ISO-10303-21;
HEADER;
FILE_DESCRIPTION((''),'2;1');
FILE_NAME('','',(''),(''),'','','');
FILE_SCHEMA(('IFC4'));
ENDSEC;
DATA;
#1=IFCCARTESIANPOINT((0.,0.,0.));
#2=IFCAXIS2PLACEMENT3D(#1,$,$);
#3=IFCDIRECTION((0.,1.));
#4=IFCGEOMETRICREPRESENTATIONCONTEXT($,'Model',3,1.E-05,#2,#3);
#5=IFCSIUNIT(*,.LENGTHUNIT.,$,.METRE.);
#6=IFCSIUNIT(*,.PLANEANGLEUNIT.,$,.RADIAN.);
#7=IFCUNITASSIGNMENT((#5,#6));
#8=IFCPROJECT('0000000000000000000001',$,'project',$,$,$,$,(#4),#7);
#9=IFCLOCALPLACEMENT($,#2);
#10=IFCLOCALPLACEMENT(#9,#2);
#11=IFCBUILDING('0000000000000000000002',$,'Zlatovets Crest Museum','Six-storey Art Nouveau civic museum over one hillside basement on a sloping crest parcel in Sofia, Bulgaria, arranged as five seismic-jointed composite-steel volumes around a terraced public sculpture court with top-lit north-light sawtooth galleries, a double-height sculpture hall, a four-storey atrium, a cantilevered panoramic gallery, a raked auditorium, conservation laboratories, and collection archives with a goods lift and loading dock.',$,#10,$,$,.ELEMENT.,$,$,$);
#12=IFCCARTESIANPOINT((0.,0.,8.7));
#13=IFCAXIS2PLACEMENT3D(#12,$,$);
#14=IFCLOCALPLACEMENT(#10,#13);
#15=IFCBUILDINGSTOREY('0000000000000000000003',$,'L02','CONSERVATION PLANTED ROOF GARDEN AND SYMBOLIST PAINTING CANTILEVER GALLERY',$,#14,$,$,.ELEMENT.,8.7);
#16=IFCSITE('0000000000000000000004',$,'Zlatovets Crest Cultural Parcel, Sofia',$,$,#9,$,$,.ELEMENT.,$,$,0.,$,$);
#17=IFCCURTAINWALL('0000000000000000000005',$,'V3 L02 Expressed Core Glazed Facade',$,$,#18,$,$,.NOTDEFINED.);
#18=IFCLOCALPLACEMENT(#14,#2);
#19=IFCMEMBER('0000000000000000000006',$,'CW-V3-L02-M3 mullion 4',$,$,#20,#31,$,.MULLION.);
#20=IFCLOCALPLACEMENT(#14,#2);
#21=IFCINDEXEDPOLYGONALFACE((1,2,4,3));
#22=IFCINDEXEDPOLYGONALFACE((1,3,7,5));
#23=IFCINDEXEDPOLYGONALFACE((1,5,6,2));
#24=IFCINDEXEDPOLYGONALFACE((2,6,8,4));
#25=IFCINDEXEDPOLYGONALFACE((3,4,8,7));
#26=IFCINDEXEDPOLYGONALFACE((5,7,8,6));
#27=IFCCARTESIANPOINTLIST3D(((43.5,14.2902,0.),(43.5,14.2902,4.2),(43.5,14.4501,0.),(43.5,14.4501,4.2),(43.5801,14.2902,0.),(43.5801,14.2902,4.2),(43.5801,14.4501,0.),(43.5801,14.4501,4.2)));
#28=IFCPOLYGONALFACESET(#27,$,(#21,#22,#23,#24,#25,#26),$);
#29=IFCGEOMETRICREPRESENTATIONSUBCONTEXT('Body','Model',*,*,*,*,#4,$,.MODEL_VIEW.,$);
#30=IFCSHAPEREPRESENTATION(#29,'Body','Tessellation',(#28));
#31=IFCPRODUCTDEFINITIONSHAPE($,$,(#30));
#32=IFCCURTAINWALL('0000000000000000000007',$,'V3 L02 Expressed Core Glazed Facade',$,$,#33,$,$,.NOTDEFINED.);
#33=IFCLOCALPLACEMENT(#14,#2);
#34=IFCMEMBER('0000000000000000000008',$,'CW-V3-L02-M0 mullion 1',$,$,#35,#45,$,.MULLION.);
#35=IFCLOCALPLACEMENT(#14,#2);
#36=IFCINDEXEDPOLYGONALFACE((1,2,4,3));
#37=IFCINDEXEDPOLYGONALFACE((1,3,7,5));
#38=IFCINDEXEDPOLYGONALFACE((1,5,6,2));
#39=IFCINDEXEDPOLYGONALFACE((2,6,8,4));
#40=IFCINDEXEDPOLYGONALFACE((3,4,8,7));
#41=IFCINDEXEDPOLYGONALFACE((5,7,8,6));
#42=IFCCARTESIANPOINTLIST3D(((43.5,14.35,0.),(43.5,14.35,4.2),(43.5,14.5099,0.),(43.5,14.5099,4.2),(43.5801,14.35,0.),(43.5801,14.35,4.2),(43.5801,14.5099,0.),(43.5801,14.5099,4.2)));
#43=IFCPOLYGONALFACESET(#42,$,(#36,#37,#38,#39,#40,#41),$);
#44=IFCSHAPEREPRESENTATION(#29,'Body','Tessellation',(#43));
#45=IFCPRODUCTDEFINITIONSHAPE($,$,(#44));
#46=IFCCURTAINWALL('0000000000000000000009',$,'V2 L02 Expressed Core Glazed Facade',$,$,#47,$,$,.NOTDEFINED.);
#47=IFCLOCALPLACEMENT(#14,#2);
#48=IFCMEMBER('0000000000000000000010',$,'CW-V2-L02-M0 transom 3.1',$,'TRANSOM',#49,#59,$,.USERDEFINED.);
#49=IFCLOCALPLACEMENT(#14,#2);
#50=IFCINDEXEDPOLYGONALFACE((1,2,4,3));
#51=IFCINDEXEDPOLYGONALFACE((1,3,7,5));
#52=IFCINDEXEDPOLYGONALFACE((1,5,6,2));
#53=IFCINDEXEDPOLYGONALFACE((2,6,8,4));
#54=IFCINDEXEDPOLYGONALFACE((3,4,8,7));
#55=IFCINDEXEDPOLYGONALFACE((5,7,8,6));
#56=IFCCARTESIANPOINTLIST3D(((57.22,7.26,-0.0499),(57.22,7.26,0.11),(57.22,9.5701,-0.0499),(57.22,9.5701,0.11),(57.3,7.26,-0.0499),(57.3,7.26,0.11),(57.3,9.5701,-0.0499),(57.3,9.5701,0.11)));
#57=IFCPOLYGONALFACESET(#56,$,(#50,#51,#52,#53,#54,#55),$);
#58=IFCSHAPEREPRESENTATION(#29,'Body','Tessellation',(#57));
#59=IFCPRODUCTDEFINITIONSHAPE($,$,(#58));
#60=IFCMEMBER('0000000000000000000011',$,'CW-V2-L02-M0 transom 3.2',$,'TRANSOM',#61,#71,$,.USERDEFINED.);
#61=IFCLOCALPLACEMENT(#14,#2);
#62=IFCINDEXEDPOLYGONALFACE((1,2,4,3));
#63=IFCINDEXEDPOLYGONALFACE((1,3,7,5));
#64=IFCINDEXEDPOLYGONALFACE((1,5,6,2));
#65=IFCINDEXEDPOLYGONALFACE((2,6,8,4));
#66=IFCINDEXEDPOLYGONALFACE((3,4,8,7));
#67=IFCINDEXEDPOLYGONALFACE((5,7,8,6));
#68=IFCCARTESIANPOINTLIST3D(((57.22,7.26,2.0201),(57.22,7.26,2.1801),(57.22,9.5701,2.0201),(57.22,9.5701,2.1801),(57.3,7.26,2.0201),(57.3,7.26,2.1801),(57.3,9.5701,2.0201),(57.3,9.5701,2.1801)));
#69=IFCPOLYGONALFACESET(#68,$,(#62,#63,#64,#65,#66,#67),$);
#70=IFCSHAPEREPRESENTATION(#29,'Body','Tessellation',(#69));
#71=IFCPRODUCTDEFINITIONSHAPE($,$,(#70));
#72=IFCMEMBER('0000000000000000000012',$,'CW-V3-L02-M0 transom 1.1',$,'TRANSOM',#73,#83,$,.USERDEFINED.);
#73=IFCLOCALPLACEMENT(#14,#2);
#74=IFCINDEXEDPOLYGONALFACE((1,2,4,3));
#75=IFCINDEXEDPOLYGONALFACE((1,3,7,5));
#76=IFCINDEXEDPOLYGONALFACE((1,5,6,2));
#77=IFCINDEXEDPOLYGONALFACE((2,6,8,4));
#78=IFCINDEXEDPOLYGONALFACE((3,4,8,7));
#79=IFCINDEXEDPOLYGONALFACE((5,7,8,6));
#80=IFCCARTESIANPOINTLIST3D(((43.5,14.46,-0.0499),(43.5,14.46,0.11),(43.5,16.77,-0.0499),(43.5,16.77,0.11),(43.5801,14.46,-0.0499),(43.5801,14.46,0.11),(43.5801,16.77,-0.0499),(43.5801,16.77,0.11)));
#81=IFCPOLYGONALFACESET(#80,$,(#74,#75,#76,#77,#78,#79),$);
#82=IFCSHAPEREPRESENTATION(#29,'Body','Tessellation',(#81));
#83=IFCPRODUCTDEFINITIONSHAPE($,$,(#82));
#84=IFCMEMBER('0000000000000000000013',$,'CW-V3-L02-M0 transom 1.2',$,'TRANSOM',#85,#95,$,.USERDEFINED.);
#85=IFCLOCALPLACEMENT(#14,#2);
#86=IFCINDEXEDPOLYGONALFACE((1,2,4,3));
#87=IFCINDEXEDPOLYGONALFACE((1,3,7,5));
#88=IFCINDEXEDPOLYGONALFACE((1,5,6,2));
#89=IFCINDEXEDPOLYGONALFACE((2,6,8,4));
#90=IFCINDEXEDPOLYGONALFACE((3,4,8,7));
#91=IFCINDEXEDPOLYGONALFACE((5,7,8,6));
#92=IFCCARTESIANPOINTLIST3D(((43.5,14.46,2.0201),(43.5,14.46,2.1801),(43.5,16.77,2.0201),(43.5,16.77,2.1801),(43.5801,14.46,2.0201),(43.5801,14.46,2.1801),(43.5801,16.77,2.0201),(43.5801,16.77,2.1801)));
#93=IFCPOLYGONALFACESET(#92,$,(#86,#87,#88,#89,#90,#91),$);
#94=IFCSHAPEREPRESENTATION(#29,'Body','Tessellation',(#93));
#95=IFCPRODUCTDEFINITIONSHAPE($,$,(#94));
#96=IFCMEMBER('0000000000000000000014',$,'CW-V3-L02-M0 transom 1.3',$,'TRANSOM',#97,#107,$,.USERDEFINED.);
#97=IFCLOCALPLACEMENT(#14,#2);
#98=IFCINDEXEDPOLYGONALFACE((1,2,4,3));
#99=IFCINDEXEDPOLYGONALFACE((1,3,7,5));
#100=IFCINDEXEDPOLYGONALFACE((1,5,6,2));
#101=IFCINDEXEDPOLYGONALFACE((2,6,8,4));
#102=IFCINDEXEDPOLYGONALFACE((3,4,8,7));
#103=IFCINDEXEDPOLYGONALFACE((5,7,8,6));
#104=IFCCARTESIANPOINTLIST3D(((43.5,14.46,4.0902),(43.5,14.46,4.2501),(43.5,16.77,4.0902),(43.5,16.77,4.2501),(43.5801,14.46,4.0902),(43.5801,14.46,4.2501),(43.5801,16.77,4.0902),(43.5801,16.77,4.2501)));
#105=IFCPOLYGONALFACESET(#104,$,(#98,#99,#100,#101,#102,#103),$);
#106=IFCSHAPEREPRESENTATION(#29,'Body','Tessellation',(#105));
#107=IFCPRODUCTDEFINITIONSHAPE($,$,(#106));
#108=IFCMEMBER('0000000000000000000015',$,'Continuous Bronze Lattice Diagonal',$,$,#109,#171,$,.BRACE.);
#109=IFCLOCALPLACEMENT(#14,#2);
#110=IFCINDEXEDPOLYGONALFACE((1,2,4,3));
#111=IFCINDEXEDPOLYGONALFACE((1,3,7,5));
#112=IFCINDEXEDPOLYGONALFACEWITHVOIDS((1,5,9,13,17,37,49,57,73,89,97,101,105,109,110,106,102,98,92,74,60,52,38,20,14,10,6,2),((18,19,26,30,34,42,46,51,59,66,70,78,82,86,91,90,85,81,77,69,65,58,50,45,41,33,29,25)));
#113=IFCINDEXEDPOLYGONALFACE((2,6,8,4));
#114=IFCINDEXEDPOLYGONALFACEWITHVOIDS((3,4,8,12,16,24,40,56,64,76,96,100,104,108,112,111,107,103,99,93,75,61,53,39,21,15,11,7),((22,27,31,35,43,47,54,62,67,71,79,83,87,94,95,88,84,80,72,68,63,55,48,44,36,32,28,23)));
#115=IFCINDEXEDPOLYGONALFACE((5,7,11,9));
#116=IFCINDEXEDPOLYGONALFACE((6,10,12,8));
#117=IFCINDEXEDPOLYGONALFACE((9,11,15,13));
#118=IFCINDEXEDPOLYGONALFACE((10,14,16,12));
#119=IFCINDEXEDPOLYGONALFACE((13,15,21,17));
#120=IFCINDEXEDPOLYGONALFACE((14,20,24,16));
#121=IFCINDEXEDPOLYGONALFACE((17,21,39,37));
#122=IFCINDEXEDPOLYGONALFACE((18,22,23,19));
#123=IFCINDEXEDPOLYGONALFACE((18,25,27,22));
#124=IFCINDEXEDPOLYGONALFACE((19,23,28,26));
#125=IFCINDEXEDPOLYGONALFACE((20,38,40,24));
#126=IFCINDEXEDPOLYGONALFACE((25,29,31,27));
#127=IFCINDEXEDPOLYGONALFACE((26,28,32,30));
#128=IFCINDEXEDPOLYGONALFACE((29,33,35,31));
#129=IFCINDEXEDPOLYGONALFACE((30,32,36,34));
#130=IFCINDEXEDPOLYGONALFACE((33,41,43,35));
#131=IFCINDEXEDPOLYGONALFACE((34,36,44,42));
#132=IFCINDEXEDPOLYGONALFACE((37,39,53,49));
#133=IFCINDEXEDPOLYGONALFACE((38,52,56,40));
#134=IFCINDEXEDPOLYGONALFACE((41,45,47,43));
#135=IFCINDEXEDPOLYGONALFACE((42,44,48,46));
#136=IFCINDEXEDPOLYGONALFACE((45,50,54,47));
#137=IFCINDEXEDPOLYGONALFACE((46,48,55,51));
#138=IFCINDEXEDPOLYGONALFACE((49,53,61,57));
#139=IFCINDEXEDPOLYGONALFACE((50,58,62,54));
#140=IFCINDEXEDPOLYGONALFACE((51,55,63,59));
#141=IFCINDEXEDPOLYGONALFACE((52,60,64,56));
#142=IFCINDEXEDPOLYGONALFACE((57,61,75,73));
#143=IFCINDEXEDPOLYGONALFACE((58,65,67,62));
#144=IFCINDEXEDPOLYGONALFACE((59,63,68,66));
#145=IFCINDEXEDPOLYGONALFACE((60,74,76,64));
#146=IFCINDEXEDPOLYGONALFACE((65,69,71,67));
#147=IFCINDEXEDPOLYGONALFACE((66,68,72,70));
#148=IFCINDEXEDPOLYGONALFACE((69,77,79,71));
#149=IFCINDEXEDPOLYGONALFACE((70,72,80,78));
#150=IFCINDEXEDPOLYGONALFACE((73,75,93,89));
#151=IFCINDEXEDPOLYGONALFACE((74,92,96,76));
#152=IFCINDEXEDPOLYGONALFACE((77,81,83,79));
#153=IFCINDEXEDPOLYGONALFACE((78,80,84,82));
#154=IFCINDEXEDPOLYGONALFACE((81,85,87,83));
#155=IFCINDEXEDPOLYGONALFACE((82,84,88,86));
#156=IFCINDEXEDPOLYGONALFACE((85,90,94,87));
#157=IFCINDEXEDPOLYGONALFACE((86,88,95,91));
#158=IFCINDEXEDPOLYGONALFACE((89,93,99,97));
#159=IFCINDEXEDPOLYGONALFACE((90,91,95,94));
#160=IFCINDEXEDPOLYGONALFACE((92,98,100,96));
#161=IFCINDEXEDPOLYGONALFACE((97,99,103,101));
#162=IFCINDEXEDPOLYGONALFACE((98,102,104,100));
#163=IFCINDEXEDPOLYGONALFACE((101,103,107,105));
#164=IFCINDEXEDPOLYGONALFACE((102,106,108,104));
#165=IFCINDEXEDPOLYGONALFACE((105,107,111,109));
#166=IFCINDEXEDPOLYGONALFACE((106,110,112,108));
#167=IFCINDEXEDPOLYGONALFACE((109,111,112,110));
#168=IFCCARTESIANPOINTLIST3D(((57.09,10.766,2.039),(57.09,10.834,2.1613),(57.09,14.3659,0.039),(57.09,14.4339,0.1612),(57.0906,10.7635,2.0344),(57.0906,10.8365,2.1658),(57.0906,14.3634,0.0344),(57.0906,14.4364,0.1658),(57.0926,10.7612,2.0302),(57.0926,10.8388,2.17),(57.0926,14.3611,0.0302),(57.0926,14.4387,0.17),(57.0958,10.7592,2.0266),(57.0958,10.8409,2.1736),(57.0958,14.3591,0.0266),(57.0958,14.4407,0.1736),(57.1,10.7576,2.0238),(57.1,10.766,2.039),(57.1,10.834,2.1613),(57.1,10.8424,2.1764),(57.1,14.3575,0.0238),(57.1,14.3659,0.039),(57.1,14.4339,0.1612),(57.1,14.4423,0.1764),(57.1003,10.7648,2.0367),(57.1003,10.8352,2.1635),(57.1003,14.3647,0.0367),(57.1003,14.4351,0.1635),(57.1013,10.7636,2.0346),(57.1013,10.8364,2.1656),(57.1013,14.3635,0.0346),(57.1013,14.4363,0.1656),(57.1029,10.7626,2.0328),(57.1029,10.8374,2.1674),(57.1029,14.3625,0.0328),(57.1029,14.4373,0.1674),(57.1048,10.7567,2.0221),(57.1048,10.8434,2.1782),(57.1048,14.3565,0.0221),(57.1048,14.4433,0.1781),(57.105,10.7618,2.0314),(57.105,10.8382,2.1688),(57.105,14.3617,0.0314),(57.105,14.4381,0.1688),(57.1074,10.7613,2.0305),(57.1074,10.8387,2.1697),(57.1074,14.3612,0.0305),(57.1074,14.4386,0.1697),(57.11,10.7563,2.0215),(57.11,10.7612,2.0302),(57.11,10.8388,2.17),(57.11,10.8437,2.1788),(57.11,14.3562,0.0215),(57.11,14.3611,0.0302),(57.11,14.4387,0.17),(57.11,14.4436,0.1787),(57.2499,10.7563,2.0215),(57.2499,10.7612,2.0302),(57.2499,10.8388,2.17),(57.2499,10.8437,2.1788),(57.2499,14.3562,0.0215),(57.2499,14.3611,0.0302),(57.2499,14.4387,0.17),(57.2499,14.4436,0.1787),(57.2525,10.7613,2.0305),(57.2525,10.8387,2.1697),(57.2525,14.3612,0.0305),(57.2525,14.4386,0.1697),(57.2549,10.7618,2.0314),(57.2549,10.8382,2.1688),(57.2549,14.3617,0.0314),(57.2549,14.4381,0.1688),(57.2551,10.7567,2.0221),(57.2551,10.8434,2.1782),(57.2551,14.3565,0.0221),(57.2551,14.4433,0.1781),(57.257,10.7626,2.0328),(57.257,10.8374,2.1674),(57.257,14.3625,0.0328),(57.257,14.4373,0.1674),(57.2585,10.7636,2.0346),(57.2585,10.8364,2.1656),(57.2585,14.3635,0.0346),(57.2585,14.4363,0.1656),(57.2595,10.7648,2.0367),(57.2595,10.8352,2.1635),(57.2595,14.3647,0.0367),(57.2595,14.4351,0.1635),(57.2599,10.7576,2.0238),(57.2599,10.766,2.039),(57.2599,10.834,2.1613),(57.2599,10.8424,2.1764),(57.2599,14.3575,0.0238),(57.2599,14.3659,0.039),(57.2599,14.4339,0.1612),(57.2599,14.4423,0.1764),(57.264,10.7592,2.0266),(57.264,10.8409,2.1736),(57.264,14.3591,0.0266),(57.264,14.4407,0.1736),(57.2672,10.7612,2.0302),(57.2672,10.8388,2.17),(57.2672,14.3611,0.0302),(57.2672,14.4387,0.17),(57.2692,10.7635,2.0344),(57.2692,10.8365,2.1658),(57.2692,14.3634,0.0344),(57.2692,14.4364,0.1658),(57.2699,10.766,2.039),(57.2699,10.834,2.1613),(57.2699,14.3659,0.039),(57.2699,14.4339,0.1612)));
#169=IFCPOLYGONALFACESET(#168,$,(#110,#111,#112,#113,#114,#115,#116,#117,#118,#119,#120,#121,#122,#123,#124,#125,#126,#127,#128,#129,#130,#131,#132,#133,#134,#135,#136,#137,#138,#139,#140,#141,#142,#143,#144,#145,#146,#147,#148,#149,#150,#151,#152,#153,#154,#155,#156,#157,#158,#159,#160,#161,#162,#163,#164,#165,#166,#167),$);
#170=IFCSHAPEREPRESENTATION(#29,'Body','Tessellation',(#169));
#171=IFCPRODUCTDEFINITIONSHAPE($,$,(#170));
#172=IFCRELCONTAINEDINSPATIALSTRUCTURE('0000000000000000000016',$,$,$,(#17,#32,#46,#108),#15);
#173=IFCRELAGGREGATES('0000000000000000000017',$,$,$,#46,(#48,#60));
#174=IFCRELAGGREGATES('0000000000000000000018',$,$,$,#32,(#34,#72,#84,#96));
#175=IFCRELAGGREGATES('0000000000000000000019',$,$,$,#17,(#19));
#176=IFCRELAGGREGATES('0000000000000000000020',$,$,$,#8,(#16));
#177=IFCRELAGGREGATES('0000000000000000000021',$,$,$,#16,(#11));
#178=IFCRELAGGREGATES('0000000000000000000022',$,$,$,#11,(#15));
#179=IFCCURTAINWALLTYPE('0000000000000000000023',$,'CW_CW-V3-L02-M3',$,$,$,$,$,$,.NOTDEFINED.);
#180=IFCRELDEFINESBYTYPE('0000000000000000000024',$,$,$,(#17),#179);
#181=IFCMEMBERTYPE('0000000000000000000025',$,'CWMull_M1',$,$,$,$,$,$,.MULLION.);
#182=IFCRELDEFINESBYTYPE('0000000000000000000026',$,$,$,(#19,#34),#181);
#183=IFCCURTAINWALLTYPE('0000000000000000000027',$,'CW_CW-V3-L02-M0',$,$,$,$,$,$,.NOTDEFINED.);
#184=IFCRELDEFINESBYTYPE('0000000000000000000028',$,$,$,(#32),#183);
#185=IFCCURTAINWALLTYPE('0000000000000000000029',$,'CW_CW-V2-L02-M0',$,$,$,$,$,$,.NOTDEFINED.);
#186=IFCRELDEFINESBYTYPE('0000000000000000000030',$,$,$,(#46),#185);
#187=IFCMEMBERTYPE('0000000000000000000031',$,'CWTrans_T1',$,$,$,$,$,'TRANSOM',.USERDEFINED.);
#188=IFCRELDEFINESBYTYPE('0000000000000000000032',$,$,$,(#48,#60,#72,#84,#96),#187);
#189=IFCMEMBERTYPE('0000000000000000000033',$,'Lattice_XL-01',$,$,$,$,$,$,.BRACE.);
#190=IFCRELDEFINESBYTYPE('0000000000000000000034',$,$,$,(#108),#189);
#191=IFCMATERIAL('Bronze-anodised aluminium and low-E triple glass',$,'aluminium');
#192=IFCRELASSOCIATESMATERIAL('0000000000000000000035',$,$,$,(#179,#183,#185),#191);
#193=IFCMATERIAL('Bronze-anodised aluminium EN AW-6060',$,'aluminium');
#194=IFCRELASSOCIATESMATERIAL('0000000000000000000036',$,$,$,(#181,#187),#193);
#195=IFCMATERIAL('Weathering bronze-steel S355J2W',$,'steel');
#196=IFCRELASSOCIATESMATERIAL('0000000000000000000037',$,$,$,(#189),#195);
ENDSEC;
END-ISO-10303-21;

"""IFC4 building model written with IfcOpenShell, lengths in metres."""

from ifc_helpers import new_model, si_unit, direction, frame, origin, origin_2d, place, context, subcontext, project, spatial, rectangle, hollow_rectangle, extrude, material, material_profile, profile_set, type_object, element, aggregate, save


model = new_model("IFC4")

# Units and contexts
model_context = context("Model", 3, precision=1e-05, world=origin(), true_north=direction((0.0, 1.0)))
body_context = subcontext(model_context, "Body", "Model", "MODEL_VIEW")
ifc_project = project(units=[si_unit("LENGTHUNIT", "METRE"), si_unit("PLANEANGLEUNIT", "RADIAN")], contexts=[model_context])

# Site, building, storey
site_placement = place(None, origin())
site = spatial("IfcSite", under=ifc_project, at=site_placement, Name="Zlatovets Crest Cultural Parcel, Sofia", CompositionType="ELEMENT", RefElevation=0.0)
building_placement = place(site_placement, origin())
building = spatial("IfcBuilding", under=site, at=building_placement, Name="Zlatovets Crest Museum", Description="Six-storey Art Nouveau civic museum over one hillside basement on a sloping crest parcel in Sofia, Bulgaria, arranged as five seismic-jointed composite-steel volumes around a terraced public sculpture court with top-lit north-light sawtooth galleries, a double-height sculpture hall, a four-storey atrium, a cantilevered panoramic gallery, a raked auditorium, conservation laboratories, and collection archives with a goods lift and loading dock.", CompositionType="ELEMENT")
storey_placement = place(building_placement, frame((0.0, 0.0, 8.7)))
storey = spatial("IfcBuildingStorey", under=building, at=storey_placement, Name="L02", Description="CONSERVATION PLANTED ROOF GARDEN AND SYMBOLIST PAINTING CANTILEVER GALLERY", CompositionType="ELEMENT", Elevation=8.7)

# Curtain walls, members
ifc_material_1 = material(Name="Bronze-anodised aluminium and low-E triple glass", Category="aluminium")
curtain_wall_type_1 = type_object("IfcCurtainWallType", Name="CW_CW-V3-L02-M3", PredefinedType="NOTDEFINED", material=ifc_material_1)
curtain_wall_1_placement = place(storey_placement, origin())
curtain_wall_1 = element("IfcCurtainWall", 1, at=curtain_wall_1_placement, inside=storey, type_object=curtain_wall_type_1, Name="V3 L02 Expressed Core Glazed Facade", PredefinedType="NOTDEFINED")
ifc_material_2 = material(Name="Bronze-anodised aluminium EN AW-6060", Category="aluminium")
ifc_material_profile_1 = material_profile(ifc_material_2, rectangle(XDim=0.0801, YDim=0.1599, at=origin_2d()), Name="ALU 80x160")
ifc_profile_set_1 = profile_set([ifc_material_profile_1], Name="Bronze-anodised aluminium EN AW-6060")
member_type_1 = type_object("IfcMemberType", Name="CWMull_M1", PredefinedType="MULLION", material=ifc_profile_set_1)
member_1_placement = place(storey_placement, frame((43.54, 14.3701, 0.0), z_axis=(0.0, 0.0, 1.0), x_axis=(-1.0, 0.0, 0.0)))
member_1 = element("IfcMember", 2, at=member_1_placement, type_object=member_type_1, Name="CW-V3-L02-M3 mullion 4", PredefinedType="MULLION", context=body_context, shape_type="SweptSolid", body=[
    extrude(rectangle(XDim=0.0801, YDim=0.1599, at=origin_2d()), origin(), (0.0, 0.0, 1.0), 4.2),
])
curtain_wall_type_2 = type_object("IfcCurtainWallType", Name="CW_CW-V3-L02-M0", PredefinedType="NOTDEFINED", material=ifc_material_1)
curtain_wall_2_placement = place(storey_placement, origin())
curtain_wall_2 = element("IfcCurtainWall", 3, at=curtain_wall_2_placement, inside=storey, type_object=curtain_wall_type_2, Name="V3 L02 Expressed Core Glazed Facade", PredefinedType="NOTDEFINED")
member_2_placement = place(storey_placement, frame((43.54, 14.4299, 0.0), z_axis=(0.0, 0.0, 1.0), x_axis=(-1.0, 0.0, 0.0)))
member_2 = element("IfcMember", 4, at=member_2_placement, type_object=member_type_1, Name="CW-V3-L02-M0 mullion 1", PredefinedType="MULLION", context=body_context, shape_type="SweptSolid", body=[
    extrude(rectangle(XDim=0.0801, YDim=0.1599, at=origin_2d()), origin(), (0.0, 0.0, 1.0), 4.2),
])

# Curtain wall, members
curtain_wall_type_3 = type_object("IfcCurtainWallType", Name="CW_CW-V2-L02-M0", PredefinedType="NOTDEFINED", material=ifc_material_1)
curtain_wall_3_placement = place(storey_placement, origin())
curtain_wall_3 = element("IfcCurtainWall", 5, at=curtain_wall_3_placement, inside=storey, type_object=curtain_wall_type_3, Name="V2 L02 Expressed Core Glazed Facade", PredefinedType="NOTDEFINED")
ifc_material_profile_2 = material_profile(ifc_material_2, rectangle(XDim=0.0801, YDim=0.1599, at=origin_2d()), Name="ALU 80x160")
ifc_profile_set_2 = profile_set([ifc_material_profile_2], Name="Bronze-anodised aluminium EN AW-6060")
member_type_2 = type_object("IfcMemberType", Name="CWTrans_T1", ElementType="TRANSOM", PredefinedType="USERDEFINED", material=ifc_profile_set_2)
member_3_placement = place(storey_placement, frame((57.26, 9.5701, 0.03), z_axis=(0.0, -1.0, 0.0), x_axis=(1.0, 0.0, 0.0)))
member_3 = element("IfcMember", 6, at=member_3_placement, type_object=member_type_2, Name="CW-V2-L02-M0 transom 3.1", ObjectType="TRANSOM", PredefinedType="USERDEFINED", context=body_context, shape_type="SweptSolid", body=[
    extrude(rectangle(XDim=0.0801, YDim=0.1599, at=origin_2d()), origin(), (0.0, 0.0, 1.0), 2.3101),
])
member_4_placement = place(storey_placement, frame((57.26, 9.5701, 2.1001), z_axis=(0.0, -1.0, 0.0), x_axis=(1.0, 0.0, 0.0)))
member_4 = element("IfcMember", 7, at=member_4_placement, type_object=member_type_2, Name="CW-V2-L02-M0 transom 3.2", ObjectType="TRANSOM", PredefinedType="USERDEFINED", context=body_context, shape_type="SweptSolid", body=[
    extrude(rectangle(XDim=0.0801, YDim=0.1599, at=origin_2d()), origin(), (0.0, 0.0, 1.0), 2.3101),
])
aggregate(curtain_wall_3, [member_3, member_4])

# Members
member_5_placement = place(storey_placement, frame((43.54, 14.46, 0.03), z_axis=(0.0, 1.0, 0.0), x_axis=(-1.0, 0.0, 0.0)))
member_5 = element("IfcMember", 8, at=member_5_placement, type_object=member_type_2, Name="CW-V3-L02-M0 transom 1.1", ObjectType="TRANSOM", PredefinedType="USERDEFINED", context=body_context, shape_type="SweptSolid", body=[
    extrude(rectangle(XDim=0.0801, YDim=0.1599, at=origin_2d()), origin(), (0.0, 0.0, 1.0), 2.3101),
])
member_6_placement = place(storey_placement, frame((43.54, 14.46, 2.1001), z_axis=(0.0, 1.0, 0.0), x_axis=(-1.0, 0.0, 0.0)))
member_6 = element("IfcMember", 9, at=member_6_placement, type_object=member_type_2, Name="CW-V3-L02-M0 transom 1.2", ObjectType="TRANSOM", PredefinedType="USERDEFINED", context=body_context, shape_type="SweptSolid", body=[
    extrude(rectangle(XDim=0.0801, YDim=0.1599, at=origin_2d()), origin(), (0.0, 0.0, 1.0), 2.3101),
])
member_7_placement = place(storey_placement, frame((43.54, 14.46, 4.1702), z_axis=(0.0, 1.0, 0.0), x_axis=(-1.0, 0.0, 0.0)))
member_7 = element("IfcMember", 10, at=member_7_placement, type_object=member_type_2, Name="CW-V3-L02-M0 transom 1.3", ObjectType="TRANSOM", PredefinedType="USERDEFINED", context=body_context, shape_type="SweptSolid", body=[
    extrude(rectangle(XDim=0.0801, YDim=0.1599, at=origin_2d()), origin(), (0.0, 0.0, 1.0), 2.3101),
])

# Member
ifc_material_3 = material(Name="Weathering bronze-steel S355J2W", Category="steel")
ifc_material_profile_3 = material_profile(ifc_material_3, hollow_rectangle(XDim=0.1799, YDim=0.1799, WallThickness=0.01, InnerFilletRadius=0.01, OuterFilletRadius=0.02, at=origin_2d()), Name="SHS 180x180x10.0")
ifc_profile_set_3 = profile_set([ifc_material_profile_3], Name="Weathering bronze-steel S355J2W")
member_type_3 = type_object("IfcMemberType", Name="Lattice_XL-01", PredefinedType="BRACE", material=ifc_profile_set_3)
member_8_placement = place(storey_placement, frame((57.1799, 14.3999, 0.1001), z_axis=(0.0, -0.874149, 0.485658), x_axis=(1.0, 0.0, 0.0)))
element("IfcMember", 11, at=member_8_placement, inside=storey, type_object=member_type_3, Name="Continuous Bronze Lattice Diagonal", PredefinedType="BRACE", context=body_context, shape_type="SweptSolid", body=[
    extrude(hollow_rectangle(XDim=0.1799, YDim=0.1799, WallThickness=0.01, InnerFilletRadius=0.01, OuterFilletRadius=0.02, at=origin_2d()), origin(), (0.0, 0.0, 1.0), 4.1182),
])

aggregate(curtain_wall_2, [member_2, member_5, member_6, member_7])
aggregate(curtain_wall_1, [member_1])

save(model, "model.ifc")
